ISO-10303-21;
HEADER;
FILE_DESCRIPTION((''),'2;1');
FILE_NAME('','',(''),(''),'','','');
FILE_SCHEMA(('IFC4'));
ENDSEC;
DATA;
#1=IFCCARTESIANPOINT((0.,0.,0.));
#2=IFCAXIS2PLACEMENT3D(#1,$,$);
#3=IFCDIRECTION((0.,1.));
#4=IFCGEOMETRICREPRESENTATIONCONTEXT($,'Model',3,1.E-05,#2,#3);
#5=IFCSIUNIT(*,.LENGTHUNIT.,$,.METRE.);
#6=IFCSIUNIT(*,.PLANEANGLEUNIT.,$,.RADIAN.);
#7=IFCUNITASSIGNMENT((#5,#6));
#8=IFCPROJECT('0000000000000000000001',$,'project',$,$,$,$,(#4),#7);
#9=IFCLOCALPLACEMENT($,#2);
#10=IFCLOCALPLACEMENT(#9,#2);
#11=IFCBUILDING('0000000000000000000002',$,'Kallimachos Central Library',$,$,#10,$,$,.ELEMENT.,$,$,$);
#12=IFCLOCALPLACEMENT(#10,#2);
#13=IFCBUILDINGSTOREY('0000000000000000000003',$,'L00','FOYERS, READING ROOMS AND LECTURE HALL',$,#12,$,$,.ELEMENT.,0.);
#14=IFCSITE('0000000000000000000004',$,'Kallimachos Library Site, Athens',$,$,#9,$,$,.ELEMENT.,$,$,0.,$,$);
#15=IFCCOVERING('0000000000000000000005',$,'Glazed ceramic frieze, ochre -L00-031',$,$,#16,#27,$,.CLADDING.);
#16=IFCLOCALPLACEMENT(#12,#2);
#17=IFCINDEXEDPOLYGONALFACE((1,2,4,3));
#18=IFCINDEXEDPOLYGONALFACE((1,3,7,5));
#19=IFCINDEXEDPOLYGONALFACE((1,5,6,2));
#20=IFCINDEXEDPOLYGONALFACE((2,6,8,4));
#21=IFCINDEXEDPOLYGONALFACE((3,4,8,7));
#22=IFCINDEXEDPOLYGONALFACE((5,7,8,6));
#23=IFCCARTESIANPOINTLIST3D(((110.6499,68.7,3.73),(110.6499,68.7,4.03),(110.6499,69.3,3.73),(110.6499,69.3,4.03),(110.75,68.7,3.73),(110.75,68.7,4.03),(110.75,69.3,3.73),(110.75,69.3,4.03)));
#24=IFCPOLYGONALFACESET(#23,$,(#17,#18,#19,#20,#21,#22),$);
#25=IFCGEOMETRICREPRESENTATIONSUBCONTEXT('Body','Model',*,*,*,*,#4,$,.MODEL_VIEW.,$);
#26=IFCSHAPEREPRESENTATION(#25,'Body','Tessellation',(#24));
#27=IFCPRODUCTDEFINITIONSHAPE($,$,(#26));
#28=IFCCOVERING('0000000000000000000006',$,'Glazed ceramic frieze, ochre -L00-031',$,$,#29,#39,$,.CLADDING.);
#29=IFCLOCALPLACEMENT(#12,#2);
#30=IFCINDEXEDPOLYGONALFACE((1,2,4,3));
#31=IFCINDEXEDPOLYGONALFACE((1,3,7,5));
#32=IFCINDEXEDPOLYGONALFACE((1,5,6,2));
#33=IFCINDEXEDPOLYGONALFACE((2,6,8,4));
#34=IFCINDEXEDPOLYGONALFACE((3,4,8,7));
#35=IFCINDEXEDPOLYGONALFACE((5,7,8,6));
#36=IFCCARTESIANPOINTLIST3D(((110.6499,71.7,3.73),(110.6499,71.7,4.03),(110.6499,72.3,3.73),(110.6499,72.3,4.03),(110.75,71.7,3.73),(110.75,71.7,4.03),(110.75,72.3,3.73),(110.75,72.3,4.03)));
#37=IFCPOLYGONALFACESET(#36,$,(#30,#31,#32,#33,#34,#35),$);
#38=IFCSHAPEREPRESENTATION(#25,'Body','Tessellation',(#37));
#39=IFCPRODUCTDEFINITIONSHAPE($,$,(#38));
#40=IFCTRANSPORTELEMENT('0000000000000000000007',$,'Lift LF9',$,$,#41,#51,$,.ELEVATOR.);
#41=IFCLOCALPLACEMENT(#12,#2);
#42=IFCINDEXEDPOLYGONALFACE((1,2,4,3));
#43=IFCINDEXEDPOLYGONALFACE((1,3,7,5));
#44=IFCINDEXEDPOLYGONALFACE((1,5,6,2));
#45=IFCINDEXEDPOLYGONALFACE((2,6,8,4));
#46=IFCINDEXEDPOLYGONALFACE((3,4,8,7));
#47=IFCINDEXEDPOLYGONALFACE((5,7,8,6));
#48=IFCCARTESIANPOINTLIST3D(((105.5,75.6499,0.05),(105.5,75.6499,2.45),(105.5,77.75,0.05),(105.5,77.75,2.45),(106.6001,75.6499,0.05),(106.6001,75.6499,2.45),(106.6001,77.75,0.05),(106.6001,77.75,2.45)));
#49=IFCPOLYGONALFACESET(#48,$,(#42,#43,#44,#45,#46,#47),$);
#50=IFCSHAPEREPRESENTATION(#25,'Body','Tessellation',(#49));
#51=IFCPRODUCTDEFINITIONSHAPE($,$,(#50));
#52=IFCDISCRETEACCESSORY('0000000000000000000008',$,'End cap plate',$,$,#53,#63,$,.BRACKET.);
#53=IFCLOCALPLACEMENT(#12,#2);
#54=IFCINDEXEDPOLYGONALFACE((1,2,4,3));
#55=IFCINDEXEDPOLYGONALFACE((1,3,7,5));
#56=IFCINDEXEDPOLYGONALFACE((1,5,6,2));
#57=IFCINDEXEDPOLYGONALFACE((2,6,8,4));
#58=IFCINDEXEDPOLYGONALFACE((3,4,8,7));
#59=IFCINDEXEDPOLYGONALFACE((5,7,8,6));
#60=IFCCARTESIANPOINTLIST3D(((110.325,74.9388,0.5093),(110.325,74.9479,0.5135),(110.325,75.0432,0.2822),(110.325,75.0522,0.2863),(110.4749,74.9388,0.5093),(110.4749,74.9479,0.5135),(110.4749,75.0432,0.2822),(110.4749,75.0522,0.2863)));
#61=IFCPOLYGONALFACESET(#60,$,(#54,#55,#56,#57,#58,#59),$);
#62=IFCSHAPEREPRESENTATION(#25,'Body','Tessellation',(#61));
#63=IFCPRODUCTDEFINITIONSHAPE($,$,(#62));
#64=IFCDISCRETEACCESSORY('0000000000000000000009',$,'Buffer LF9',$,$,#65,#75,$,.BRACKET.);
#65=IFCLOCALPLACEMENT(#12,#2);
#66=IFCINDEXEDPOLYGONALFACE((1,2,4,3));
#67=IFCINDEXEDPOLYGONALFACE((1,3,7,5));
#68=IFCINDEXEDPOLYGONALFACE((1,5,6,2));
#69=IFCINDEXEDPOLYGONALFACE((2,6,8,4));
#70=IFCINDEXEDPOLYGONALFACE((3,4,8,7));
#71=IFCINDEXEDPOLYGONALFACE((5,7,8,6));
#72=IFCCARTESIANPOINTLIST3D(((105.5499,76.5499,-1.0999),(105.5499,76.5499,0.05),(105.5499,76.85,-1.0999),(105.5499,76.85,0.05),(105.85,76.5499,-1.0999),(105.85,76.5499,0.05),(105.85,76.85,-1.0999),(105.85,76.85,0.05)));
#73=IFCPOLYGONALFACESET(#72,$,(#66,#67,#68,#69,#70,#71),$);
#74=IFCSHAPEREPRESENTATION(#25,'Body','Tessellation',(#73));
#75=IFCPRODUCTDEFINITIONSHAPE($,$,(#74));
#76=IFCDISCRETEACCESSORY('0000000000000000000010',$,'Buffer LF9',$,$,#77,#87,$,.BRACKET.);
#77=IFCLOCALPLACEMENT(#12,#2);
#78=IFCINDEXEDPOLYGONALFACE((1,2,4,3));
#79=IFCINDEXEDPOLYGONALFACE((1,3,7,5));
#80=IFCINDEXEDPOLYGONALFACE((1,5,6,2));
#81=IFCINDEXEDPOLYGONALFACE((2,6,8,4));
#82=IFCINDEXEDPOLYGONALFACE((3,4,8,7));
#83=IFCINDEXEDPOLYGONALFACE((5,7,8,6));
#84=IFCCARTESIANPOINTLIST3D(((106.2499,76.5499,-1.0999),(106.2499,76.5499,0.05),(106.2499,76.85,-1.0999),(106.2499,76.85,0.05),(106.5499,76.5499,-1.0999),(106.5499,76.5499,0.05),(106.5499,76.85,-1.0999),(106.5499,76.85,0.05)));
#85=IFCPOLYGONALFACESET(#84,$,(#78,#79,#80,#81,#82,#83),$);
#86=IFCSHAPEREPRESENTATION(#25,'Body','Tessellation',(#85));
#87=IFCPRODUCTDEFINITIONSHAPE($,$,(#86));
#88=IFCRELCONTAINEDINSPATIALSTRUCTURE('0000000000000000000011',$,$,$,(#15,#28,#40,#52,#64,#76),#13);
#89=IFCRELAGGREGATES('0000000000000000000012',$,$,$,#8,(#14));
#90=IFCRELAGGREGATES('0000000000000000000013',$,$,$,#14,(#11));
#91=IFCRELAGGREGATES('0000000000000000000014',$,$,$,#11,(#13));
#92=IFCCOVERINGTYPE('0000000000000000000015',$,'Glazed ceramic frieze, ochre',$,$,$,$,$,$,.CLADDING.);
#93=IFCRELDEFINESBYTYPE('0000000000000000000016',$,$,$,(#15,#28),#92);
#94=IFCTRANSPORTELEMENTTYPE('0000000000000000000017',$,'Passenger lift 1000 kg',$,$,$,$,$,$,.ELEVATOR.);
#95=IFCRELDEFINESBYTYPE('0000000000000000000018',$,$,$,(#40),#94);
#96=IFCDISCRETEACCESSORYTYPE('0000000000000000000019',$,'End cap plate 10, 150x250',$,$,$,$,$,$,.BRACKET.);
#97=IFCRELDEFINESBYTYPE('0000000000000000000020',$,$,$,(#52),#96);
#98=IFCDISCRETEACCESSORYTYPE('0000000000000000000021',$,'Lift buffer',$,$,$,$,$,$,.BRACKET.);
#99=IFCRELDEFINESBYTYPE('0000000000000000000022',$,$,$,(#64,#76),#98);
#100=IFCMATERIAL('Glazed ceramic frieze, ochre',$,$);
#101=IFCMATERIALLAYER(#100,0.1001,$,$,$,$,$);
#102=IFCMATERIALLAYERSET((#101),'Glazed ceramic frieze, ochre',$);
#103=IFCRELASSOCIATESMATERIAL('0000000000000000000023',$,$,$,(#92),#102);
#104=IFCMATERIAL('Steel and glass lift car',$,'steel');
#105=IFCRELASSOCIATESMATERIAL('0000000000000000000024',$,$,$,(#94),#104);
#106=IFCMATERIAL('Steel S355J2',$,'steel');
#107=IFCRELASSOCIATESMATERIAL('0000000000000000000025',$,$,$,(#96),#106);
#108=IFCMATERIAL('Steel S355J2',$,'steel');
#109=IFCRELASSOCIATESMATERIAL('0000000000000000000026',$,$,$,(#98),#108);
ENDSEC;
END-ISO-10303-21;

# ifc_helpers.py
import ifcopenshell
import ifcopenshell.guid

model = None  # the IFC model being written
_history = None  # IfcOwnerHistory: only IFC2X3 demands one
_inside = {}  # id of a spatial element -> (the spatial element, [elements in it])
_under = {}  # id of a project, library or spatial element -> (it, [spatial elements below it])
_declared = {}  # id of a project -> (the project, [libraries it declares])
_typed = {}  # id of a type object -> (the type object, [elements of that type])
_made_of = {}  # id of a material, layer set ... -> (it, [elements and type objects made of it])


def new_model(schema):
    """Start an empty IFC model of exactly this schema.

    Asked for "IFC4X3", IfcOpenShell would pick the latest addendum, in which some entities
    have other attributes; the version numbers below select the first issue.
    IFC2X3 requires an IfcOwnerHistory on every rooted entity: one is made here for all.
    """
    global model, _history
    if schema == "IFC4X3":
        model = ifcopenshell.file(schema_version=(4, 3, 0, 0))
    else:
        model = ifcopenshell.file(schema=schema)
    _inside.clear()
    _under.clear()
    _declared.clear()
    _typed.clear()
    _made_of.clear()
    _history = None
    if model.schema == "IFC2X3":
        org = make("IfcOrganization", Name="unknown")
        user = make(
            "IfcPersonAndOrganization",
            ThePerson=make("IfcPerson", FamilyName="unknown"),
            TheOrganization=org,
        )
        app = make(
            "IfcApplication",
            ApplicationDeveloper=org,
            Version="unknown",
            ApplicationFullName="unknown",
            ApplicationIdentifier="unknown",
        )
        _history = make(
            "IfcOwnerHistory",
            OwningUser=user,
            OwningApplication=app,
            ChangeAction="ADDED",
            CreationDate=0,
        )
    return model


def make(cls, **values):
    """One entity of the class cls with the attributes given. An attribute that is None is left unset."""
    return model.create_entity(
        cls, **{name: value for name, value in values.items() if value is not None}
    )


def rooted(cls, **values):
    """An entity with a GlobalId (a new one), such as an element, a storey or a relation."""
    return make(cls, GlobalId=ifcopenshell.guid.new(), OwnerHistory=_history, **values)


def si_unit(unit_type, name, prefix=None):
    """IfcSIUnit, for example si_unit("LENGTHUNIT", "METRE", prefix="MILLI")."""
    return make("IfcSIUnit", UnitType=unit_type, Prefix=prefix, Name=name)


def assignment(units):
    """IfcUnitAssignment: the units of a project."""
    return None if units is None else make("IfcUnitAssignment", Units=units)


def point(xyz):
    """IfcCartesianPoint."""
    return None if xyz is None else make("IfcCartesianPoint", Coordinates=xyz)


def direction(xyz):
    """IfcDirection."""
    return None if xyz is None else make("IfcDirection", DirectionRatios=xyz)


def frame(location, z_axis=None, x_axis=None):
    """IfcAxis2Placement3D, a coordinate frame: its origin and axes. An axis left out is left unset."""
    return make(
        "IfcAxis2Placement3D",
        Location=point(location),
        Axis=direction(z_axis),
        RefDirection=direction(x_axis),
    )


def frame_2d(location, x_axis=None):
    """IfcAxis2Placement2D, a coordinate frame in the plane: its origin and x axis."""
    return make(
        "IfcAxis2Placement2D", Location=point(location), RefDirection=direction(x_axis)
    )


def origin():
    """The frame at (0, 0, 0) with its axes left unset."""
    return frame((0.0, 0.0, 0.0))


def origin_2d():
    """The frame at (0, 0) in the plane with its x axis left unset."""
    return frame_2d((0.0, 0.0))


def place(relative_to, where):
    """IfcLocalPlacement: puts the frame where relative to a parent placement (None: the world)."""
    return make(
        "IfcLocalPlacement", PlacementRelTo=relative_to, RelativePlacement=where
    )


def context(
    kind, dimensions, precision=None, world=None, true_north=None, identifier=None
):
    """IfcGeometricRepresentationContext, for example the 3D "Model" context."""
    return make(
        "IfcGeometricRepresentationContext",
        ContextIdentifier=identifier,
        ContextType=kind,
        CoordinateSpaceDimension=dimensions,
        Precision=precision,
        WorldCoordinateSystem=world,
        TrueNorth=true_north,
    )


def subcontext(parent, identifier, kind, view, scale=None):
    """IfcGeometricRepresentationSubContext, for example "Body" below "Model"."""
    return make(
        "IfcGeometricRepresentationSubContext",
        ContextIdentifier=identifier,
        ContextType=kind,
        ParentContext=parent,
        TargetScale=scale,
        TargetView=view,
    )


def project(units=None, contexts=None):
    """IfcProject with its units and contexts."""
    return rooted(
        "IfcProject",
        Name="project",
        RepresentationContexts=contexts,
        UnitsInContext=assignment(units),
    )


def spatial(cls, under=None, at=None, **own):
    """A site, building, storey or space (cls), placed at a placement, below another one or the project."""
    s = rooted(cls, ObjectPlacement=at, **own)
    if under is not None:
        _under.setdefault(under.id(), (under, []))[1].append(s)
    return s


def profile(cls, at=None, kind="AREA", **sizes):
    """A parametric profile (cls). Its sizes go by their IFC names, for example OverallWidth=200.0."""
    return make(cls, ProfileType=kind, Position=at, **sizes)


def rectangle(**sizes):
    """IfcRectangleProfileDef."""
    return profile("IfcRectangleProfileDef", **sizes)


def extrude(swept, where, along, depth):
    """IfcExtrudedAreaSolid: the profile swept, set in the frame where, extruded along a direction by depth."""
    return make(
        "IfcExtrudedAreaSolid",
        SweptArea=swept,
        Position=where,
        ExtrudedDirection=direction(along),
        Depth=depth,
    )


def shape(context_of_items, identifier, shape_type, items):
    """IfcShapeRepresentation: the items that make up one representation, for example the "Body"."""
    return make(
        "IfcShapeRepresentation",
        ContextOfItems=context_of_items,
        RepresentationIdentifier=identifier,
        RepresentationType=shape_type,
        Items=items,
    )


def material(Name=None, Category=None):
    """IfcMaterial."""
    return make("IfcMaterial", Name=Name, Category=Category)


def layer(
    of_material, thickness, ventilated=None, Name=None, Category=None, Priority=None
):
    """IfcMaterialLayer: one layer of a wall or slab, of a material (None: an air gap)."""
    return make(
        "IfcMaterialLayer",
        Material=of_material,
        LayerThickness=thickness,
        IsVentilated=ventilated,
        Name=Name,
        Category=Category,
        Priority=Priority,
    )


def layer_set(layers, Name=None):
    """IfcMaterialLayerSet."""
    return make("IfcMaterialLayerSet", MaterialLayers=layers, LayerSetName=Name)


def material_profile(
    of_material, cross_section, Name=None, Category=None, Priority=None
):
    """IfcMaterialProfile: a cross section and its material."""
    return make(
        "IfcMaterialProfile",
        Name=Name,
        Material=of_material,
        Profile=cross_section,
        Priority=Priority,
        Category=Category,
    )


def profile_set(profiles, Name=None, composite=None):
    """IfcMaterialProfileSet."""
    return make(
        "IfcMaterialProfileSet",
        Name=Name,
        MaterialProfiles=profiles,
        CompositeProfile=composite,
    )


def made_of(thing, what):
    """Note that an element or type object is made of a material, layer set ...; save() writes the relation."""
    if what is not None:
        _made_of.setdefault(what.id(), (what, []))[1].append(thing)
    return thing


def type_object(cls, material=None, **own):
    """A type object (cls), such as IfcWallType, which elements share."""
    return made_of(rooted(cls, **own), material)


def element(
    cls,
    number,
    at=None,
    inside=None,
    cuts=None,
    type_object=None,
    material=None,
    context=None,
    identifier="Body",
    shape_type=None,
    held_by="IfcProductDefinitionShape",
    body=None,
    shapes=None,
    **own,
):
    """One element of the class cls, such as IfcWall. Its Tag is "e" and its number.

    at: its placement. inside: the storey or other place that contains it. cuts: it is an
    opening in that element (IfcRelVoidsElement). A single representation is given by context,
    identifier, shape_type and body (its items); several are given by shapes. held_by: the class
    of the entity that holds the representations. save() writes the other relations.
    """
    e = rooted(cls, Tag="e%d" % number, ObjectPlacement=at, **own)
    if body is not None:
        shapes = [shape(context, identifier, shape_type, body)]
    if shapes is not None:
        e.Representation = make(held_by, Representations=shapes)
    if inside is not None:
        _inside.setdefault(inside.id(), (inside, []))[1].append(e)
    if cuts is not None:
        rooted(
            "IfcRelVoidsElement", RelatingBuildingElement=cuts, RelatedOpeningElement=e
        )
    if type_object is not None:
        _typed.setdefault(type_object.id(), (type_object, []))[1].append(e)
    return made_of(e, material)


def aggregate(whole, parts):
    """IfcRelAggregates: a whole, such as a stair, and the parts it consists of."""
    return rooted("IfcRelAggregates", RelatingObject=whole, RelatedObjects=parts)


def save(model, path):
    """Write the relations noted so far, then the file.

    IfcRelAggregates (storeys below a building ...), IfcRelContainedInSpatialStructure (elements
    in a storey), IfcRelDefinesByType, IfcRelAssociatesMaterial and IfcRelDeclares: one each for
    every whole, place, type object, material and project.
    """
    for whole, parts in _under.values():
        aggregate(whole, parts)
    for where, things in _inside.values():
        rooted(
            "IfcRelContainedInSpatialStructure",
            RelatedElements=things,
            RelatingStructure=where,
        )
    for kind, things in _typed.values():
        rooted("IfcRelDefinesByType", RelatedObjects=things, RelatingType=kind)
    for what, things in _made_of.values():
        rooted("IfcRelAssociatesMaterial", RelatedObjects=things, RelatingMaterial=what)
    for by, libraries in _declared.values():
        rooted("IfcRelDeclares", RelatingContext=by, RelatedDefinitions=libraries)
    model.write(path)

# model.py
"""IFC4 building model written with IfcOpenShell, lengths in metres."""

from ifc_helpers import new_model, si_unit, direction, frame, origin, origin_2d, place, context, subcontext, project, spatial, rectangle, extrude, material, layer, layer_set, material_profile, profile_set, type_object, element, save


model = new_model("IFC4")

# Units and contexts
model_context = context("Model", 3, precision=1e-05, world=origin(), true_north=direction((0.0, 1.0)))
body_context = subcontext(model_context, "Body", "Model", "MODEL_VIEW")
ifc_project = project(units=[si_unit("LENGTHUNIT", "METRE"), si_unit("PLANEANGLEUNIT", "RADIAN")], contexts=[model_context])

# Site, building, storey
site_placement = place(None, origin())
site = spatial("IfcSite", under=ifc_project, at=site_placement, Name="Kallimachos Library Site, Athens", CompositionType="ELEMENT", RefElevation=0.0)
building_placement = place(site_placement, origin())
building = spatial("IfcBuilding", under=site, at=building_placement, Name="Kallimachos Central Library", CompositionType="ELEMENT")
storey_placement = place(building_placement, origin())
storey = spatial("IfcBuildingStorey", under=building, at=storey_placement, Name="L00", Description="FOYERS, READING ROOMS AND LECTURE HALL", CompositionType="ELEMENT", Elevation=0.0)

# Coverings
ifc_material_1 = material(Name="Glazed ceramic frieze, ochre")
ifc_layer_1 = layer(ifc_material_1, 0.1001)
ifc_layer_set_1 = layer_set([ifc_layer_1], Name="Glazed ceramic frieze, ochre")
covering_type_1 = type_object("IfcCoveringType", Name="Glazed ceramic frieze, ochre", PredefinedType="CLADDING", material=ifc_layer_set_1)
for number, where, z_axis, x_axis, name in (
    (1, (110.7, 69.0, 3.73), (0.0, 0.0, 1.0), (1.0, 0.0, 0.0), "Glazed ceramic frieze, ochre -L00-031"),
    (2, (110.7, 72.0, 3.73), (0.0, 0.0, 1.0), (1.0, 0.0, 0.0), "Glazed ceramic frieze, ochre -L00-031"),
):
    element("IfcCovering", number, at=place(storey_placement, frame(where, z_axis=z_axis, x_axis=x_axis)), inside=storey, type_object=covering_type_1, Name=name, PredefinedType="CLADDING", context=body_context, shape_type="SweptSolid", body=[
        extrude(rectangle(XDim=0.1001, YDim=0.6001, at=origin_2d()), origin(), (0.0, 0.0, 1.0), 0.3),
    ])

# Transport element
ifc_material_2 = material(Name="Steel and glass lift car", Category="steel")
transport_element_type = type_object("IfcTransportElementType", Name="Passenger lift 1000 kg", PredefinedType="ELEVATOR", material=ifc_material_2)
transport_element_placement = place(storey_placement, frame((106.05, 76.7, 0.05), z_axis=(0.0, 0.0, 1.0), x_axis=(1.0, 0.0, 0.0)))
element("IfcTransportElement", 3, at=transport_element_placement, inside=storey, type_object=transport_element_type, Name="Lift LF9", PredefinedType="ELEVATOR", context=body_context, shape_type="SweptSolid", body=[
    extrude(rectangle(XDim=1.1001, YDim=2.1001, at=origin_2d()), origin(), (0.0, 0.0, 1.0), 2.3999),
])

# Discrete accessories
ifc_material_3 = material(Name="Steel S355J2", Category="steel")
ifc_material_profile_1 = material_profile(ifc_material_3, rectangle(XDim=0.1499, YDim=0.25, at=origin_2d()), Name="End cap plate 10, 150x250")
ifc_profile_set_1 = profile_set([ifc_material_profile_1], Name="Steel S355J2")
discrete_accessory_type_1 = type_object("IfcDiscreteAccessoryType", Name="End cap plate 10, 150x250", PredefinedType="BRACKET", material=ifc_profile_set_1)
discrete_accessory_placement = place(storey_placement, frame((110.3999, 74.991, 0.3958), z_axis=(0.0, 0.908677, 0.4175), x_axis=(-1.0, 0.0, 0.0)))
element("IfcDiscreteAccessory", 4, at=discrete_accessory_placement, inside=storey, type_object=discrete_accessory_type_1, Name="End cap plate", PredefinedType="BRACKET", context=body_context, shape_type="SweptSolid", body=[
    extrude(rectangle(XDim=0.1499, YDim=0.25, at=origin_2d()), origin(), (0.0, 0.0, 1.0), 0.01),
])
ifc_material_4 = material(Name="Steel S355J2", Category="steel")
discrete_accessory_type_2 = type_object("IfcDiscreteAccessoryType", Name="Lift buffer", PredefinedType="BRACKET", material=ifc_material_4)
for number, where, z_axis, x_axis, name in (
    (5, (105.7, 76.7, -1.0999), (0.0, 0.0, 1.0), (1.0, 0.0, 0.0), "Buffer LF9"),
    (6, (106.3999, 76.7, -1.0999), (0.0, 0.0, 1.0), (1.0, 0.0, 0.0), "Buffer LF9"),
):
    element("IfcDiscreteAccessory", number, at=place(storey_placement, frame(where, z_axis=z_axis, x_axis=x_axis)), inside=storey, type_object=discrete_accessory_type_2, Name=name, PredefinedType="BRACKET", context=body_context, shape_type="SweptSolid", body=[
        extrude(rectangle(XDim=0.3, YDim=0.3, at=origin_2d()), origin(), (0.0, 0.0, 1.0), 1.1499),
    ])

save(model, "model.ifc")
